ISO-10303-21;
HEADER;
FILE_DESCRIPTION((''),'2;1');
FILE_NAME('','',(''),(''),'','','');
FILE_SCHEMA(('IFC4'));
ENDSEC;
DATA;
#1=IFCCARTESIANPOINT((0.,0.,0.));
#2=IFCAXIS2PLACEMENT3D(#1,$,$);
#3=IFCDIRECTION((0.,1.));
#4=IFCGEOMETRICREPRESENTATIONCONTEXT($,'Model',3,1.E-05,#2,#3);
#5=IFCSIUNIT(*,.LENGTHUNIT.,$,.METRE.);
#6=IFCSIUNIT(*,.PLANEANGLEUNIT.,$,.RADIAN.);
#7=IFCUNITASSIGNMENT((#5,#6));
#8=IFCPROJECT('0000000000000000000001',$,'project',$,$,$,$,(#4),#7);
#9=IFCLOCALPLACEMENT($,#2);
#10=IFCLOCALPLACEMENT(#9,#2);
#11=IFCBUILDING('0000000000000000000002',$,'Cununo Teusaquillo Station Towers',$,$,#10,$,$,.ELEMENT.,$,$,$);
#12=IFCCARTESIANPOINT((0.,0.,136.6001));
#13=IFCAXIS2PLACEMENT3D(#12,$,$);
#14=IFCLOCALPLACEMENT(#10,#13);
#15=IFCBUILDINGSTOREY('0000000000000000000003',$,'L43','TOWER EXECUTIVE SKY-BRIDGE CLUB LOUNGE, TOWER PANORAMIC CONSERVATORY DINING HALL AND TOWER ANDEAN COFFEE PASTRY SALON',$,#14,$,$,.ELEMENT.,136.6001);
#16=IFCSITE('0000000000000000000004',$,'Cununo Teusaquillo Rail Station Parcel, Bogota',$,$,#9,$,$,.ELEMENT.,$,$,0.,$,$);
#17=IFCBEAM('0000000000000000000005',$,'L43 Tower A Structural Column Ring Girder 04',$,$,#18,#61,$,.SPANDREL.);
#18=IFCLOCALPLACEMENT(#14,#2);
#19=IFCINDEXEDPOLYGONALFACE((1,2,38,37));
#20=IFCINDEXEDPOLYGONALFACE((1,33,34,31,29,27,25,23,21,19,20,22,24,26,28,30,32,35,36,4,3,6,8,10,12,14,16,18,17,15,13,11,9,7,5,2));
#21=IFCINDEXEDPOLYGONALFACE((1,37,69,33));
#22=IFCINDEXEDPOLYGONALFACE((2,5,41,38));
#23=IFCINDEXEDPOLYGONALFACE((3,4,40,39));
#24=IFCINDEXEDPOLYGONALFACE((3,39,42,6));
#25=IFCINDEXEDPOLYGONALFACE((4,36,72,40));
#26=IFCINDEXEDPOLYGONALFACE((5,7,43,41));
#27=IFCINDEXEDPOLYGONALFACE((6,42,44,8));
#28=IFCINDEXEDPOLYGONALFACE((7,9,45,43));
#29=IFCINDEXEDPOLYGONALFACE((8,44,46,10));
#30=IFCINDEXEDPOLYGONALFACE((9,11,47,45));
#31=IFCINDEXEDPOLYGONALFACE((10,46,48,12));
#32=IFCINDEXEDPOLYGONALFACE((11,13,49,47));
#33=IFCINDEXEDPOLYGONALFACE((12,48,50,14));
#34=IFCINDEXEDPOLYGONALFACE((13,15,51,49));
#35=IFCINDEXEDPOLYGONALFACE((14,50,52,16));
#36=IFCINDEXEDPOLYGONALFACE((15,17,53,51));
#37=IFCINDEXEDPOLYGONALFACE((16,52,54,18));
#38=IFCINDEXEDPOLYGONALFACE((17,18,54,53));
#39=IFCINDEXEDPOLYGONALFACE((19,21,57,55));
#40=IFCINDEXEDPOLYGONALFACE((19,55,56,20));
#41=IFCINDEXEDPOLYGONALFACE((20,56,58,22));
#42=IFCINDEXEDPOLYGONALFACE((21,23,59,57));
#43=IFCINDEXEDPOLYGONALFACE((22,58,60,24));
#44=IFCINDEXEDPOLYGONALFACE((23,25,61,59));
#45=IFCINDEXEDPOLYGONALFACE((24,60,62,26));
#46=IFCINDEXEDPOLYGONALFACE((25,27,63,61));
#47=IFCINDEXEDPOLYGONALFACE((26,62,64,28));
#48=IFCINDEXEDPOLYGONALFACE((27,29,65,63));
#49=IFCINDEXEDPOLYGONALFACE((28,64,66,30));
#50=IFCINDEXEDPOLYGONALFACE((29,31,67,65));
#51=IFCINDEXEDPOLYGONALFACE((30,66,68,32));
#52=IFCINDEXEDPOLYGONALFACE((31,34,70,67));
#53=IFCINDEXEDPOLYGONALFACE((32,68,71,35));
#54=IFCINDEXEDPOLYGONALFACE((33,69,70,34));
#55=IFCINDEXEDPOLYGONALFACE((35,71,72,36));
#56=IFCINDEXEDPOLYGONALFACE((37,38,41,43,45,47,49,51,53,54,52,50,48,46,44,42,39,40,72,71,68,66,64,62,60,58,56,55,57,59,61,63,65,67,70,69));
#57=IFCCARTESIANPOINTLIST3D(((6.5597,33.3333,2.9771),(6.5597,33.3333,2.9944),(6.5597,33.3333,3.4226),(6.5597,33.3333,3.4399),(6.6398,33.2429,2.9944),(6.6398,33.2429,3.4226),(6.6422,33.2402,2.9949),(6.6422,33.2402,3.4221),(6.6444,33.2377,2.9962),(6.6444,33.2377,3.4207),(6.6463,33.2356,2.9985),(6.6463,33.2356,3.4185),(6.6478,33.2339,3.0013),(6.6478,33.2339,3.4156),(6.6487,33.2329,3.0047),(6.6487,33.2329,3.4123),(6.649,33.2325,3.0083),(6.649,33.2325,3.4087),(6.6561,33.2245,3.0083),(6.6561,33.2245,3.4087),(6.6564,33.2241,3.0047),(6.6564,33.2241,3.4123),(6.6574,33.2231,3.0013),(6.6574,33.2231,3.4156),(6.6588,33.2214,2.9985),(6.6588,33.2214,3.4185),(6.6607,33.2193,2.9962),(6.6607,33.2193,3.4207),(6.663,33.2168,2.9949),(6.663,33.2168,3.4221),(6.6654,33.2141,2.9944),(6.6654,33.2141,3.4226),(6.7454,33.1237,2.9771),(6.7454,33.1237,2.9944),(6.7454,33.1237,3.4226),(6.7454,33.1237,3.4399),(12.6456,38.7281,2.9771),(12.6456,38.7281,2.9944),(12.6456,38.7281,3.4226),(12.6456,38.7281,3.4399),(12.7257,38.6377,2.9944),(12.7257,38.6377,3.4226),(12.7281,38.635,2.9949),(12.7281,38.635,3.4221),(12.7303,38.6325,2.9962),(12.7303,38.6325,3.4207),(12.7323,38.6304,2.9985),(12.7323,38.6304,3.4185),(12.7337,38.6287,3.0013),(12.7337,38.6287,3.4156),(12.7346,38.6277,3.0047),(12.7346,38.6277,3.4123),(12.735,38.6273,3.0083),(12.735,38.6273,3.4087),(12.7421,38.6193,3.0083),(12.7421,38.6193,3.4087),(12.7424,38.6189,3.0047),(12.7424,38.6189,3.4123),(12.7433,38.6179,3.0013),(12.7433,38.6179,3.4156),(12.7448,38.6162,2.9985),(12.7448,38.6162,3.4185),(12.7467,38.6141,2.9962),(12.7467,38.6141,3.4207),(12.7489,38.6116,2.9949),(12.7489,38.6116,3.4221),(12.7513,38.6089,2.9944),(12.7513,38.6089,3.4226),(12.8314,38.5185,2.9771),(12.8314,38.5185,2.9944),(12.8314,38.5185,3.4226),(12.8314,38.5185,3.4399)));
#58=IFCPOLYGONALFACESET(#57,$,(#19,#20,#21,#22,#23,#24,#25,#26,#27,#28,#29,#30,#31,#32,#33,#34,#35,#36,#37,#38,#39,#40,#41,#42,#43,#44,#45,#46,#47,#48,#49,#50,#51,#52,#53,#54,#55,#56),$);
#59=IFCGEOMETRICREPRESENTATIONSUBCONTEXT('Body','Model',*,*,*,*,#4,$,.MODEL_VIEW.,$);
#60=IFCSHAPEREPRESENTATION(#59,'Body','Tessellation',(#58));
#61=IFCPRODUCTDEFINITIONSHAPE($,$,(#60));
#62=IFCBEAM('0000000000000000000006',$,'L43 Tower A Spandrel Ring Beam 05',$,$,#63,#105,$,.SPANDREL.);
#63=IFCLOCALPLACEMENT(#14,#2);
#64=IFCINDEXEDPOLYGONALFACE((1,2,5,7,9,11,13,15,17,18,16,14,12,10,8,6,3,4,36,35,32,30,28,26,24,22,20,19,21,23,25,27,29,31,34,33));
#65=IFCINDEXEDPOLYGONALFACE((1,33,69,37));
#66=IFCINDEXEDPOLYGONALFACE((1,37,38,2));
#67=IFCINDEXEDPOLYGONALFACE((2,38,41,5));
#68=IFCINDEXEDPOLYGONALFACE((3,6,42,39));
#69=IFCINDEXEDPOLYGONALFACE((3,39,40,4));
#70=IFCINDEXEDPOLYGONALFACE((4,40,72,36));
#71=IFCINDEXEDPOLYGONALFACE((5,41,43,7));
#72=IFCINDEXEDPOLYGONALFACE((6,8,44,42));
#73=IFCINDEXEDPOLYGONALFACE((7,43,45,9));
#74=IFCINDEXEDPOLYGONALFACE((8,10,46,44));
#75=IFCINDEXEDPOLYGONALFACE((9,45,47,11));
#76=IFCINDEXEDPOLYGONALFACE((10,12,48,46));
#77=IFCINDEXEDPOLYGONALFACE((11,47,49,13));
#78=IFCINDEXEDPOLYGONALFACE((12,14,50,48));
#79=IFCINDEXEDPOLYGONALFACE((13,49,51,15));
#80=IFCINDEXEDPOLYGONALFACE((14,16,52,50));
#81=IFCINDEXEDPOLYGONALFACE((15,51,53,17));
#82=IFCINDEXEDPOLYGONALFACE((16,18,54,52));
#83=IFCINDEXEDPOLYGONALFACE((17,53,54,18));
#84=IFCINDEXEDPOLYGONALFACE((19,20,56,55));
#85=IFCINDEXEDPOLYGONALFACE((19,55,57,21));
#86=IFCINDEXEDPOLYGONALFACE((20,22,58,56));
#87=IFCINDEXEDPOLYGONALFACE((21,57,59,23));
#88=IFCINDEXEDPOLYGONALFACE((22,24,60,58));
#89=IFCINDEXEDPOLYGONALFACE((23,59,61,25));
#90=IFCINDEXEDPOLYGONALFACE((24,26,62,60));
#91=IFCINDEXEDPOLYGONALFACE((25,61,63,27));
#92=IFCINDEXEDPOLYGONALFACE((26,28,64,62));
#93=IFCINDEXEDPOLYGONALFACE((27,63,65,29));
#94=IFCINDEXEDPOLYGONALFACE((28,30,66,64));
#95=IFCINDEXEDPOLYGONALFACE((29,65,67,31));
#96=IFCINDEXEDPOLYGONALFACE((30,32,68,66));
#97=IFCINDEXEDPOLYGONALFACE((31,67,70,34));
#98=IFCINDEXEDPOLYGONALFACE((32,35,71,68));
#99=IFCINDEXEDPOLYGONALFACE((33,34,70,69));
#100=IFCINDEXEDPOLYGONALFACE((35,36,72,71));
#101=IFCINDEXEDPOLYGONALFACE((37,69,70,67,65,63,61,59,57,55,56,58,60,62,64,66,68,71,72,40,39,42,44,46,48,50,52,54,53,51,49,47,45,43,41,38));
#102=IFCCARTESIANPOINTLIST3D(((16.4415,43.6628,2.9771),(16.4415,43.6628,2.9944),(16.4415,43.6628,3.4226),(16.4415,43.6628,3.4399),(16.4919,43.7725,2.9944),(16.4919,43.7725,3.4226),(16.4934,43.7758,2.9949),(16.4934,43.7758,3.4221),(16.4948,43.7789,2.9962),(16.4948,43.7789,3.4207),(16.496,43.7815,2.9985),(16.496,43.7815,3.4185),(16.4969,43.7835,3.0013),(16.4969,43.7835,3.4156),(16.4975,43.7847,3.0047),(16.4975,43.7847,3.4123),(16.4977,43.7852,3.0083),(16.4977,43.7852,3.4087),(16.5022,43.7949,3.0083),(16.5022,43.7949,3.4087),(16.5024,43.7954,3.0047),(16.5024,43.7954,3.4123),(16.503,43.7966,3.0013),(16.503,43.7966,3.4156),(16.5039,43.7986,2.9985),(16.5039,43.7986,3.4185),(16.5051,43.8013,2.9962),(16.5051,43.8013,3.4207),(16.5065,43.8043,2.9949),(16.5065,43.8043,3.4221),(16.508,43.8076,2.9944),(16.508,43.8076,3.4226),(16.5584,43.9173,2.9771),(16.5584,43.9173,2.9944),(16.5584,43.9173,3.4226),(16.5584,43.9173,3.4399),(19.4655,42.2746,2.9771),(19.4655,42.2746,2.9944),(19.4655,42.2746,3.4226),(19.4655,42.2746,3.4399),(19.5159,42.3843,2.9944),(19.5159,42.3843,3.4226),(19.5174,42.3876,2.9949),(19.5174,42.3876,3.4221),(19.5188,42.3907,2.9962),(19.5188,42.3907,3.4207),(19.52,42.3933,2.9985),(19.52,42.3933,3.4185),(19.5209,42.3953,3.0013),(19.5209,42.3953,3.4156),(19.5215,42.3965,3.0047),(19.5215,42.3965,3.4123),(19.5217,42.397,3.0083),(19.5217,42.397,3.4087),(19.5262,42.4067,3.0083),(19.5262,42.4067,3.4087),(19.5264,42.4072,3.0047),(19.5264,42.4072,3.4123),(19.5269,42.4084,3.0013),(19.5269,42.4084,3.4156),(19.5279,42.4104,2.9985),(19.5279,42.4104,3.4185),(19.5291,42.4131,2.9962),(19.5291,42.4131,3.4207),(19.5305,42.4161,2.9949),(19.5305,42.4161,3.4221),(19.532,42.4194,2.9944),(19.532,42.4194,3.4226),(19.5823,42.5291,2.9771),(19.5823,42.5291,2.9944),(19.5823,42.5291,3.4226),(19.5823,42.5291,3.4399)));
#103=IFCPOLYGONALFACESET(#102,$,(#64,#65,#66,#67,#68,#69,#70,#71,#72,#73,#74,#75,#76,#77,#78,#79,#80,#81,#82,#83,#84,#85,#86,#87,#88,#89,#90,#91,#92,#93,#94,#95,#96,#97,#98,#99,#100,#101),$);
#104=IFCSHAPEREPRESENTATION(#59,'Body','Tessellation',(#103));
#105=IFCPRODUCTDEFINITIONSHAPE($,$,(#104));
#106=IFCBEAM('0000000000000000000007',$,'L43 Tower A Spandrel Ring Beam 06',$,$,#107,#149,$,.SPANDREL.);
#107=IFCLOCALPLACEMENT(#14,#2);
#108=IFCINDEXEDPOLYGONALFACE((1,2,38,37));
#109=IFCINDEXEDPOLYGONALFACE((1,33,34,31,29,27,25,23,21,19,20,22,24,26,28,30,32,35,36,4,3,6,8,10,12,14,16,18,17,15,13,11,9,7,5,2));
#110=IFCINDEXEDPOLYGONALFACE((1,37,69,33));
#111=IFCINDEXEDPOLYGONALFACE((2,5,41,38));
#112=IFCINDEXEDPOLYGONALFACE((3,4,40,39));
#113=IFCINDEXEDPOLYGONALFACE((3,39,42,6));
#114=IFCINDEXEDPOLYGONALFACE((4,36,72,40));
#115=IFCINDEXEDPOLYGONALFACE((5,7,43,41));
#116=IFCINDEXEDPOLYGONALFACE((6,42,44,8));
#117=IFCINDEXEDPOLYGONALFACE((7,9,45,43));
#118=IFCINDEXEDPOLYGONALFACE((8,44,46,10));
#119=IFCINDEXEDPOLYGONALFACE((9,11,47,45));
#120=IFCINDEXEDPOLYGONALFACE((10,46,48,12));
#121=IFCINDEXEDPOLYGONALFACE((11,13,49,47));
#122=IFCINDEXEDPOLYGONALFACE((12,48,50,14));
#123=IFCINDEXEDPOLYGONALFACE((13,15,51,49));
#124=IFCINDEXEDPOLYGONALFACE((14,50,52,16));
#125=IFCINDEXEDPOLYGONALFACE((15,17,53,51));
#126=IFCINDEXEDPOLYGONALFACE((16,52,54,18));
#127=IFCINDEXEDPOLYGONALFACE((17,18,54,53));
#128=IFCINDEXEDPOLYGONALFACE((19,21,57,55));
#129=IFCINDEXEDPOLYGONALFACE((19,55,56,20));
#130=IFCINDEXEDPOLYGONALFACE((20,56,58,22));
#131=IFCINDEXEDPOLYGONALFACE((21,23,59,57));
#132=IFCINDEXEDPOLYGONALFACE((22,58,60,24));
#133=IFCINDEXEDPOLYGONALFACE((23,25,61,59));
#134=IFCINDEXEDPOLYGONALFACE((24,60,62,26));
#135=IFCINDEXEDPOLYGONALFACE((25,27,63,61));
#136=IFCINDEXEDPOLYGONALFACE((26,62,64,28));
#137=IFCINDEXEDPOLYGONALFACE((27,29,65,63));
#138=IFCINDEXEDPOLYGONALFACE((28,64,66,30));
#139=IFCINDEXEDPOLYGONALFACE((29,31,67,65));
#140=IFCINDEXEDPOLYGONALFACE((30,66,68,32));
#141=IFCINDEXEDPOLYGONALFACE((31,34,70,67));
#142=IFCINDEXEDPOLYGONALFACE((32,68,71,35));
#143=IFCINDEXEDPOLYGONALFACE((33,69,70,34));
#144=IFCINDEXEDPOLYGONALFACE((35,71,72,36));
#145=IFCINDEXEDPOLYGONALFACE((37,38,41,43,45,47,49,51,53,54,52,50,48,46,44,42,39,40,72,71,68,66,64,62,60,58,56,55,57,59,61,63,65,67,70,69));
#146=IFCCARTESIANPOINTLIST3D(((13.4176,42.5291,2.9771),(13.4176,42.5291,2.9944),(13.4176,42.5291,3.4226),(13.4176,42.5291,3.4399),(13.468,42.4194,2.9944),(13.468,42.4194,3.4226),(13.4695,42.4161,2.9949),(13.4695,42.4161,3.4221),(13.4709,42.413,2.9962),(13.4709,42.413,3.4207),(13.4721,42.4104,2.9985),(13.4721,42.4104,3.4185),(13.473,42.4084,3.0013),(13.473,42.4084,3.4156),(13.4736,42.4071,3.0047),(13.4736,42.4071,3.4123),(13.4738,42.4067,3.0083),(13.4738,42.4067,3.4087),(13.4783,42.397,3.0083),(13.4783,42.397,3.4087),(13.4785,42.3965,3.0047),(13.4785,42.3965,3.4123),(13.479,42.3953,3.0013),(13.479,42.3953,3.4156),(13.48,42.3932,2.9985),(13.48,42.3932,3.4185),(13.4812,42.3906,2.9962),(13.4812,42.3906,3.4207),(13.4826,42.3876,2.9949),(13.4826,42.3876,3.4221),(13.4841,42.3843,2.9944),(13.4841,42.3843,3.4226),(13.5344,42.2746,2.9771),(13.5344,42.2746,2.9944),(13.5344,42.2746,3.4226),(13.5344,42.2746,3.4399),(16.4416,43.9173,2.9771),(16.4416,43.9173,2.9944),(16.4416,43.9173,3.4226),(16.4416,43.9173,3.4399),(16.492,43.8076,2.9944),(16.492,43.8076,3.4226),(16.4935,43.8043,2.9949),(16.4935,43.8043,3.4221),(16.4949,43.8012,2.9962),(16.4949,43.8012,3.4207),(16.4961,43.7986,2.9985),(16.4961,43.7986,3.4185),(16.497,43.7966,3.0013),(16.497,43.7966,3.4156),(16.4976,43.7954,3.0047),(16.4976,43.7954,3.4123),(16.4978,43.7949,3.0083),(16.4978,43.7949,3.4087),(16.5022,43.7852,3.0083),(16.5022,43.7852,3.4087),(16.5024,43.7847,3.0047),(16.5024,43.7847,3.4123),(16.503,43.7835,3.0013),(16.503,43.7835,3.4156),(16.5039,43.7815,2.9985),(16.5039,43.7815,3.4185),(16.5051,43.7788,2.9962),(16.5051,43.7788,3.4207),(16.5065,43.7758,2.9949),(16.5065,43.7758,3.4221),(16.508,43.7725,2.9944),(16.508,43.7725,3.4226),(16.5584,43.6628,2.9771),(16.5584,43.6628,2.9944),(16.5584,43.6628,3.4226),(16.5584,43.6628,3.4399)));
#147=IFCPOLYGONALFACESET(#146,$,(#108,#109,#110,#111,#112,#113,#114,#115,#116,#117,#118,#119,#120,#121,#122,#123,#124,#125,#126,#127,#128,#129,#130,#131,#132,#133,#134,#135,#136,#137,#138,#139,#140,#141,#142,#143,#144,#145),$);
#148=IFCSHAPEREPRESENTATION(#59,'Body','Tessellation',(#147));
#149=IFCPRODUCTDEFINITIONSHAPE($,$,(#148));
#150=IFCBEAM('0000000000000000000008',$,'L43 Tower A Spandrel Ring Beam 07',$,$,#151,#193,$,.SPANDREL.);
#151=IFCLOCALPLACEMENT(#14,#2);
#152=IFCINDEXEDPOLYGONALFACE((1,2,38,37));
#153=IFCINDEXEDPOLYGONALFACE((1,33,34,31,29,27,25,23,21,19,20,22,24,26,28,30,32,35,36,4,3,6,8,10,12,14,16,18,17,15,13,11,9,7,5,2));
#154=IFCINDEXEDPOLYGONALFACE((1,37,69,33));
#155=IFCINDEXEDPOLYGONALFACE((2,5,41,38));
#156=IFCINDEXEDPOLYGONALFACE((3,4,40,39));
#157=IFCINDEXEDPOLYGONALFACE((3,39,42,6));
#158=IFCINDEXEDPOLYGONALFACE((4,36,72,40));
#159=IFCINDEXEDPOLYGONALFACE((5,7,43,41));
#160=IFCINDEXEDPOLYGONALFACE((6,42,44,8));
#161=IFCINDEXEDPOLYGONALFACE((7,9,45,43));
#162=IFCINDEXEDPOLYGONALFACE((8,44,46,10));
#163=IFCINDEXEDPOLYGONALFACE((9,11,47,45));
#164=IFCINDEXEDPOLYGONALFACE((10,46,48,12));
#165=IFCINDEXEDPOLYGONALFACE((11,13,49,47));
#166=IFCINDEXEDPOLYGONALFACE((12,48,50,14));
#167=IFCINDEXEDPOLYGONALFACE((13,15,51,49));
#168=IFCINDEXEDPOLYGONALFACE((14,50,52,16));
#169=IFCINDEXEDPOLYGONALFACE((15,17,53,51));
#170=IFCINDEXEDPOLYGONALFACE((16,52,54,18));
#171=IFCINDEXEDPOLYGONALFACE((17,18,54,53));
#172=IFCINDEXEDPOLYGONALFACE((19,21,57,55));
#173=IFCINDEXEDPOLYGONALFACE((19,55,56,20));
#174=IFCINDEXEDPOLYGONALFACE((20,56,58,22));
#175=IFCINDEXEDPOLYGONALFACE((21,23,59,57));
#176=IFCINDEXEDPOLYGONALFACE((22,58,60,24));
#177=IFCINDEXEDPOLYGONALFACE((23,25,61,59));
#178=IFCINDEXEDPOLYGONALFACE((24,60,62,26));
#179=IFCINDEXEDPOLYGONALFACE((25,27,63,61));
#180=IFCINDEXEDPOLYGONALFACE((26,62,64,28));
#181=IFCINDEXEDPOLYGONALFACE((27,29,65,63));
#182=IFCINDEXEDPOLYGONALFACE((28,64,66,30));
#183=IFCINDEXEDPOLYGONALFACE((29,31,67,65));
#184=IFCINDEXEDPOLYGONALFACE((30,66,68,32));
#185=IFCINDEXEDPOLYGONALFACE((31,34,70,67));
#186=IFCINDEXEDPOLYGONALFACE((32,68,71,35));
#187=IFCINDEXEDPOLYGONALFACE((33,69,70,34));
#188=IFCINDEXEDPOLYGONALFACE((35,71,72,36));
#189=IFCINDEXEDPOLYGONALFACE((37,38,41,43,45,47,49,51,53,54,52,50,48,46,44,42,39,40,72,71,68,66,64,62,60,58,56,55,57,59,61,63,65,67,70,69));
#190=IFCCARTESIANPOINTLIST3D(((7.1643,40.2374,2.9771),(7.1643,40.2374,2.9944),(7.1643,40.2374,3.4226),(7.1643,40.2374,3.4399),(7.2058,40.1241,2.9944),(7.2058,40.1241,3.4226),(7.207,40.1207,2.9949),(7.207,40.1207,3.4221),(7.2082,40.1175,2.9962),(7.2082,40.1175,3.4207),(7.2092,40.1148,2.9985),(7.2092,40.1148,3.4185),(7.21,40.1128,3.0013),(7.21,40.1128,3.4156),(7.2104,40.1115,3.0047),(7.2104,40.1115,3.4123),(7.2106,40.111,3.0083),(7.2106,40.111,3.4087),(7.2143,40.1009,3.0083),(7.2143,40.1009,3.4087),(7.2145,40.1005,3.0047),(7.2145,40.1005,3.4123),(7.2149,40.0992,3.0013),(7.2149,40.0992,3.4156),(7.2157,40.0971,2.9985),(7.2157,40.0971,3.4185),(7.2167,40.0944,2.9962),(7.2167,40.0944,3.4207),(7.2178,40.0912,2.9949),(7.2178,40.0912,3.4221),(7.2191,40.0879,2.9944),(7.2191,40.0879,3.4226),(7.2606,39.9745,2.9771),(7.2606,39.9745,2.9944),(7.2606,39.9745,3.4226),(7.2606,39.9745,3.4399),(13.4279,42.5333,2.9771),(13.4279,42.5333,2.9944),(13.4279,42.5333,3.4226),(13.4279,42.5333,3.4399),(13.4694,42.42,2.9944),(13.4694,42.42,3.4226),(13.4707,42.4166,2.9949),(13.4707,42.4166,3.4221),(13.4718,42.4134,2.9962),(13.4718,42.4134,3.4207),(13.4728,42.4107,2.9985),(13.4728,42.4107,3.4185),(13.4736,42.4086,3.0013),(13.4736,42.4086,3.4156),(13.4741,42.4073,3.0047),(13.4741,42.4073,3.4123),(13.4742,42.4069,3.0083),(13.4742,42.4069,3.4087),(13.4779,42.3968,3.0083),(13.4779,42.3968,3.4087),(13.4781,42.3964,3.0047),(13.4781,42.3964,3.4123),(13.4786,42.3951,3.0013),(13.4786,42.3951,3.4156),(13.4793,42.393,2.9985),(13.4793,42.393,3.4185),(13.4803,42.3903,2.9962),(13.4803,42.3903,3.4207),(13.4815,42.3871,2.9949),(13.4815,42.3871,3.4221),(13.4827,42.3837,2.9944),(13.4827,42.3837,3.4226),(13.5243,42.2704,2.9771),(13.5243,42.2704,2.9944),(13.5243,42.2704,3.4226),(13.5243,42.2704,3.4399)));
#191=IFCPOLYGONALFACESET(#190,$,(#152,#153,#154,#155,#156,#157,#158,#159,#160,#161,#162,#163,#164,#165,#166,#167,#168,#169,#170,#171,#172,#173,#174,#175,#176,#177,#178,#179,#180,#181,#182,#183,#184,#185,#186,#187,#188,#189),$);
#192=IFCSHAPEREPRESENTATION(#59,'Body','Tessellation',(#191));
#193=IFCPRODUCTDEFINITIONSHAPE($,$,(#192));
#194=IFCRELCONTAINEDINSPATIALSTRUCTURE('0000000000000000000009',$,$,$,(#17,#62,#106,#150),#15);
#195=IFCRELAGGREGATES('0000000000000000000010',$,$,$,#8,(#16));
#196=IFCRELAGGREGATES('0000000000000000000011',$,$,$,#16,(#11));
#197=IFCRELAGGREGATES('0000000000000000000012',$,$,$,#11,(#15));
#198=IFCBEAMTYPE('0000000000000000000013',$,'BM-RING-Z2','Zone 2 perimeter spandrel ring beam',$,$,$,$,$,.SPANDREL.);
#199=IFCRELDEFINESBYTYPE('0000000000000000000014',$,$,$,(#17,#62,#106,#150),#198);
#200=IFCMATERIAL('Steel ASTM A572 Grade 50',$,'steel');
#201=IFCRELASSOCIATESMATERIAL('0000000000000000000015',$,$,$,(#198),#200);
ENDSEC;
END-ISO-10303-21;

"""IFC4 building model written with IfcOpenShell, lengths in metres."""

from ifc_helpers import new_model, si_unit, direction, frame, origin, origin_2d, place, context, subcontext, project, spatial, i_section, extrude, material, material_profile, profile_set, type_object, element, save


model = new_model("IFC4")

# Units and contexts
model_context = context("Model", 3, precision=1e-05, world=origin(), true_north=direction((0.0, 1.0)))
body_context = subcontext(model_context, "Body", "Model", "MODEL_VIEW")
ifc_project = project(units=[si_unit("LENGTHUNIT", "METRE"), si_unit("PLANEANGLEUNIT", "RADIAN")], contexts=[model_context])

# Site, building, storey
site_placement = place(None, origin())
site = spatial("IfcSite", under=ifc_project, at=site_placement, Name="Cununo Teusaquillo Rail Station Parcel, Bogota", CompositionType="ELEMENT", RefElevation=0.0)
building_placement = place(site_placement, origin())
building = spatial("IfcBuilding", under=site, at=building_placement, Name="Cununo Teusaquillo Station Towers", CompositionType="ELEMENT")
storey_placement = place(building_placement, frame((0.0, 0.0, 136.6001)))
storey = spatial("IfcBuildingStorey", under=building, at=storey_placement, Name="L43", Description="TOWER EXECUTIVE SKY-BRIDGE CLUB LOUNGE, TOWER PANORAMIC CONSERVATORY DINING HALL AND TOWER ANDEAN COFFEE PASTRY SALON", CompositionType="ELEMENT", Elevation=136.6001)

# Beams
ifc_material_1 = material(Name="Steel ASTM A572 Grade 50", Category="steel")
ifc_material_profile_1 = material_profile(ifc_material_1, i_section(OverallWidth=0.28, OverallDepth=0.4629, WebThickness=0.0107, FlangeThickness=0.0173, FilletRadius=0.0139, at=origin_2d()), Name="W18X76")
ifc_profile_set_1 = profile_set([ifc_material_profile_1], Name="Steel ASTM A572 Grade 50")
beam_type = type_object("IfcBeamType", Name="BM-RING-Z2", Description="Zone 2 perimeter spandrel ring beam", PredefinedType="SPANDREL", material=ifc_profile_set_1)
beam_1_placement = place(storey_placement, frame((12.7385, 38.6233, 3.2085), z_axis=(-0.748321, -0.663337, 0.0), x_axis=(0.663337, -0.748321, 0.0)))
element("IfcBeam", 1, at=beam_1_placement, inside=storey, type_object=beam_type, Name="L43 Tower A Structural Column Ring Girder 04", PredefinedType="SPANDREL", context=body_context, shape_type="SweptSolid", body=[
    extrude(i_section(OverallWidth=0.28, OverallDepth=0.4629, WebThickness=0.0107, FlangeThickness=0.0173, FilletRadius=0.0139, at=origin_2d()), origin(), (0.0, 0.0, 1.0), 8.1328),
])
for number, where, z_axis, x_axis, name in (
    (2, (19.5239, 42.4019, 3.2085), (-0.908812, 0.417205, 0.0), (-0.417205, -0.908812, 0.0), "L43 Tower A Spandrel Ring Beam 05"),
    (3, (16.5, 43.79, 3.2085), (-0.908812, -0.417205, 0.0), (0.417205, -0.908812, 0.0), "L43 Tower A Spandrel Ring Beam 06"),
):
    element("IfcBeam", number, at=place(storey_placement, frame(where, z_axis=z_axis, x_axis=x_axis)), inside=storey, type_object=beam_type, Name=name, PredefinedType="SPANDREL", context=body_context, shape_type="SweptSolid", body=[
        extrude(i_section(OverallWidth=0.28, OverallDepth=0.4629, WebThickness=0.0107, FlangeThickness=0.0173, FilletRadius=0.0139, at=origin_2d()), origin(), (0.0, 0.0, 1.0), 3.3274),
    ])
beam_2_placement = place(storey_placement, frame((13.4761, 42.4019, 3.2085), z_axis=(-0.938914, -0.344151, 0.0), x_axis=(0.344151, -0.938914, 0.0)))
element("IfcBeam", 4, at=beam_2_placement, inside=storey, type_object=beam_type, Name="L43 Tower A Spandrel Ring Beam 07", PredefinedType="SPANDREL", context=body_context, shape_type="SweptSolid", body=[
    extrude(i_section(OverallWidth=0.28, OverallDepth=0.4629, WebThickness=0.0107, FlangeThickness=0.0173, FilletRadius=0.0139, at=origin_2d()), origin(), (0.0, 0.0, 1.0), 6.6711),
])

save(model, "model.ifc")
